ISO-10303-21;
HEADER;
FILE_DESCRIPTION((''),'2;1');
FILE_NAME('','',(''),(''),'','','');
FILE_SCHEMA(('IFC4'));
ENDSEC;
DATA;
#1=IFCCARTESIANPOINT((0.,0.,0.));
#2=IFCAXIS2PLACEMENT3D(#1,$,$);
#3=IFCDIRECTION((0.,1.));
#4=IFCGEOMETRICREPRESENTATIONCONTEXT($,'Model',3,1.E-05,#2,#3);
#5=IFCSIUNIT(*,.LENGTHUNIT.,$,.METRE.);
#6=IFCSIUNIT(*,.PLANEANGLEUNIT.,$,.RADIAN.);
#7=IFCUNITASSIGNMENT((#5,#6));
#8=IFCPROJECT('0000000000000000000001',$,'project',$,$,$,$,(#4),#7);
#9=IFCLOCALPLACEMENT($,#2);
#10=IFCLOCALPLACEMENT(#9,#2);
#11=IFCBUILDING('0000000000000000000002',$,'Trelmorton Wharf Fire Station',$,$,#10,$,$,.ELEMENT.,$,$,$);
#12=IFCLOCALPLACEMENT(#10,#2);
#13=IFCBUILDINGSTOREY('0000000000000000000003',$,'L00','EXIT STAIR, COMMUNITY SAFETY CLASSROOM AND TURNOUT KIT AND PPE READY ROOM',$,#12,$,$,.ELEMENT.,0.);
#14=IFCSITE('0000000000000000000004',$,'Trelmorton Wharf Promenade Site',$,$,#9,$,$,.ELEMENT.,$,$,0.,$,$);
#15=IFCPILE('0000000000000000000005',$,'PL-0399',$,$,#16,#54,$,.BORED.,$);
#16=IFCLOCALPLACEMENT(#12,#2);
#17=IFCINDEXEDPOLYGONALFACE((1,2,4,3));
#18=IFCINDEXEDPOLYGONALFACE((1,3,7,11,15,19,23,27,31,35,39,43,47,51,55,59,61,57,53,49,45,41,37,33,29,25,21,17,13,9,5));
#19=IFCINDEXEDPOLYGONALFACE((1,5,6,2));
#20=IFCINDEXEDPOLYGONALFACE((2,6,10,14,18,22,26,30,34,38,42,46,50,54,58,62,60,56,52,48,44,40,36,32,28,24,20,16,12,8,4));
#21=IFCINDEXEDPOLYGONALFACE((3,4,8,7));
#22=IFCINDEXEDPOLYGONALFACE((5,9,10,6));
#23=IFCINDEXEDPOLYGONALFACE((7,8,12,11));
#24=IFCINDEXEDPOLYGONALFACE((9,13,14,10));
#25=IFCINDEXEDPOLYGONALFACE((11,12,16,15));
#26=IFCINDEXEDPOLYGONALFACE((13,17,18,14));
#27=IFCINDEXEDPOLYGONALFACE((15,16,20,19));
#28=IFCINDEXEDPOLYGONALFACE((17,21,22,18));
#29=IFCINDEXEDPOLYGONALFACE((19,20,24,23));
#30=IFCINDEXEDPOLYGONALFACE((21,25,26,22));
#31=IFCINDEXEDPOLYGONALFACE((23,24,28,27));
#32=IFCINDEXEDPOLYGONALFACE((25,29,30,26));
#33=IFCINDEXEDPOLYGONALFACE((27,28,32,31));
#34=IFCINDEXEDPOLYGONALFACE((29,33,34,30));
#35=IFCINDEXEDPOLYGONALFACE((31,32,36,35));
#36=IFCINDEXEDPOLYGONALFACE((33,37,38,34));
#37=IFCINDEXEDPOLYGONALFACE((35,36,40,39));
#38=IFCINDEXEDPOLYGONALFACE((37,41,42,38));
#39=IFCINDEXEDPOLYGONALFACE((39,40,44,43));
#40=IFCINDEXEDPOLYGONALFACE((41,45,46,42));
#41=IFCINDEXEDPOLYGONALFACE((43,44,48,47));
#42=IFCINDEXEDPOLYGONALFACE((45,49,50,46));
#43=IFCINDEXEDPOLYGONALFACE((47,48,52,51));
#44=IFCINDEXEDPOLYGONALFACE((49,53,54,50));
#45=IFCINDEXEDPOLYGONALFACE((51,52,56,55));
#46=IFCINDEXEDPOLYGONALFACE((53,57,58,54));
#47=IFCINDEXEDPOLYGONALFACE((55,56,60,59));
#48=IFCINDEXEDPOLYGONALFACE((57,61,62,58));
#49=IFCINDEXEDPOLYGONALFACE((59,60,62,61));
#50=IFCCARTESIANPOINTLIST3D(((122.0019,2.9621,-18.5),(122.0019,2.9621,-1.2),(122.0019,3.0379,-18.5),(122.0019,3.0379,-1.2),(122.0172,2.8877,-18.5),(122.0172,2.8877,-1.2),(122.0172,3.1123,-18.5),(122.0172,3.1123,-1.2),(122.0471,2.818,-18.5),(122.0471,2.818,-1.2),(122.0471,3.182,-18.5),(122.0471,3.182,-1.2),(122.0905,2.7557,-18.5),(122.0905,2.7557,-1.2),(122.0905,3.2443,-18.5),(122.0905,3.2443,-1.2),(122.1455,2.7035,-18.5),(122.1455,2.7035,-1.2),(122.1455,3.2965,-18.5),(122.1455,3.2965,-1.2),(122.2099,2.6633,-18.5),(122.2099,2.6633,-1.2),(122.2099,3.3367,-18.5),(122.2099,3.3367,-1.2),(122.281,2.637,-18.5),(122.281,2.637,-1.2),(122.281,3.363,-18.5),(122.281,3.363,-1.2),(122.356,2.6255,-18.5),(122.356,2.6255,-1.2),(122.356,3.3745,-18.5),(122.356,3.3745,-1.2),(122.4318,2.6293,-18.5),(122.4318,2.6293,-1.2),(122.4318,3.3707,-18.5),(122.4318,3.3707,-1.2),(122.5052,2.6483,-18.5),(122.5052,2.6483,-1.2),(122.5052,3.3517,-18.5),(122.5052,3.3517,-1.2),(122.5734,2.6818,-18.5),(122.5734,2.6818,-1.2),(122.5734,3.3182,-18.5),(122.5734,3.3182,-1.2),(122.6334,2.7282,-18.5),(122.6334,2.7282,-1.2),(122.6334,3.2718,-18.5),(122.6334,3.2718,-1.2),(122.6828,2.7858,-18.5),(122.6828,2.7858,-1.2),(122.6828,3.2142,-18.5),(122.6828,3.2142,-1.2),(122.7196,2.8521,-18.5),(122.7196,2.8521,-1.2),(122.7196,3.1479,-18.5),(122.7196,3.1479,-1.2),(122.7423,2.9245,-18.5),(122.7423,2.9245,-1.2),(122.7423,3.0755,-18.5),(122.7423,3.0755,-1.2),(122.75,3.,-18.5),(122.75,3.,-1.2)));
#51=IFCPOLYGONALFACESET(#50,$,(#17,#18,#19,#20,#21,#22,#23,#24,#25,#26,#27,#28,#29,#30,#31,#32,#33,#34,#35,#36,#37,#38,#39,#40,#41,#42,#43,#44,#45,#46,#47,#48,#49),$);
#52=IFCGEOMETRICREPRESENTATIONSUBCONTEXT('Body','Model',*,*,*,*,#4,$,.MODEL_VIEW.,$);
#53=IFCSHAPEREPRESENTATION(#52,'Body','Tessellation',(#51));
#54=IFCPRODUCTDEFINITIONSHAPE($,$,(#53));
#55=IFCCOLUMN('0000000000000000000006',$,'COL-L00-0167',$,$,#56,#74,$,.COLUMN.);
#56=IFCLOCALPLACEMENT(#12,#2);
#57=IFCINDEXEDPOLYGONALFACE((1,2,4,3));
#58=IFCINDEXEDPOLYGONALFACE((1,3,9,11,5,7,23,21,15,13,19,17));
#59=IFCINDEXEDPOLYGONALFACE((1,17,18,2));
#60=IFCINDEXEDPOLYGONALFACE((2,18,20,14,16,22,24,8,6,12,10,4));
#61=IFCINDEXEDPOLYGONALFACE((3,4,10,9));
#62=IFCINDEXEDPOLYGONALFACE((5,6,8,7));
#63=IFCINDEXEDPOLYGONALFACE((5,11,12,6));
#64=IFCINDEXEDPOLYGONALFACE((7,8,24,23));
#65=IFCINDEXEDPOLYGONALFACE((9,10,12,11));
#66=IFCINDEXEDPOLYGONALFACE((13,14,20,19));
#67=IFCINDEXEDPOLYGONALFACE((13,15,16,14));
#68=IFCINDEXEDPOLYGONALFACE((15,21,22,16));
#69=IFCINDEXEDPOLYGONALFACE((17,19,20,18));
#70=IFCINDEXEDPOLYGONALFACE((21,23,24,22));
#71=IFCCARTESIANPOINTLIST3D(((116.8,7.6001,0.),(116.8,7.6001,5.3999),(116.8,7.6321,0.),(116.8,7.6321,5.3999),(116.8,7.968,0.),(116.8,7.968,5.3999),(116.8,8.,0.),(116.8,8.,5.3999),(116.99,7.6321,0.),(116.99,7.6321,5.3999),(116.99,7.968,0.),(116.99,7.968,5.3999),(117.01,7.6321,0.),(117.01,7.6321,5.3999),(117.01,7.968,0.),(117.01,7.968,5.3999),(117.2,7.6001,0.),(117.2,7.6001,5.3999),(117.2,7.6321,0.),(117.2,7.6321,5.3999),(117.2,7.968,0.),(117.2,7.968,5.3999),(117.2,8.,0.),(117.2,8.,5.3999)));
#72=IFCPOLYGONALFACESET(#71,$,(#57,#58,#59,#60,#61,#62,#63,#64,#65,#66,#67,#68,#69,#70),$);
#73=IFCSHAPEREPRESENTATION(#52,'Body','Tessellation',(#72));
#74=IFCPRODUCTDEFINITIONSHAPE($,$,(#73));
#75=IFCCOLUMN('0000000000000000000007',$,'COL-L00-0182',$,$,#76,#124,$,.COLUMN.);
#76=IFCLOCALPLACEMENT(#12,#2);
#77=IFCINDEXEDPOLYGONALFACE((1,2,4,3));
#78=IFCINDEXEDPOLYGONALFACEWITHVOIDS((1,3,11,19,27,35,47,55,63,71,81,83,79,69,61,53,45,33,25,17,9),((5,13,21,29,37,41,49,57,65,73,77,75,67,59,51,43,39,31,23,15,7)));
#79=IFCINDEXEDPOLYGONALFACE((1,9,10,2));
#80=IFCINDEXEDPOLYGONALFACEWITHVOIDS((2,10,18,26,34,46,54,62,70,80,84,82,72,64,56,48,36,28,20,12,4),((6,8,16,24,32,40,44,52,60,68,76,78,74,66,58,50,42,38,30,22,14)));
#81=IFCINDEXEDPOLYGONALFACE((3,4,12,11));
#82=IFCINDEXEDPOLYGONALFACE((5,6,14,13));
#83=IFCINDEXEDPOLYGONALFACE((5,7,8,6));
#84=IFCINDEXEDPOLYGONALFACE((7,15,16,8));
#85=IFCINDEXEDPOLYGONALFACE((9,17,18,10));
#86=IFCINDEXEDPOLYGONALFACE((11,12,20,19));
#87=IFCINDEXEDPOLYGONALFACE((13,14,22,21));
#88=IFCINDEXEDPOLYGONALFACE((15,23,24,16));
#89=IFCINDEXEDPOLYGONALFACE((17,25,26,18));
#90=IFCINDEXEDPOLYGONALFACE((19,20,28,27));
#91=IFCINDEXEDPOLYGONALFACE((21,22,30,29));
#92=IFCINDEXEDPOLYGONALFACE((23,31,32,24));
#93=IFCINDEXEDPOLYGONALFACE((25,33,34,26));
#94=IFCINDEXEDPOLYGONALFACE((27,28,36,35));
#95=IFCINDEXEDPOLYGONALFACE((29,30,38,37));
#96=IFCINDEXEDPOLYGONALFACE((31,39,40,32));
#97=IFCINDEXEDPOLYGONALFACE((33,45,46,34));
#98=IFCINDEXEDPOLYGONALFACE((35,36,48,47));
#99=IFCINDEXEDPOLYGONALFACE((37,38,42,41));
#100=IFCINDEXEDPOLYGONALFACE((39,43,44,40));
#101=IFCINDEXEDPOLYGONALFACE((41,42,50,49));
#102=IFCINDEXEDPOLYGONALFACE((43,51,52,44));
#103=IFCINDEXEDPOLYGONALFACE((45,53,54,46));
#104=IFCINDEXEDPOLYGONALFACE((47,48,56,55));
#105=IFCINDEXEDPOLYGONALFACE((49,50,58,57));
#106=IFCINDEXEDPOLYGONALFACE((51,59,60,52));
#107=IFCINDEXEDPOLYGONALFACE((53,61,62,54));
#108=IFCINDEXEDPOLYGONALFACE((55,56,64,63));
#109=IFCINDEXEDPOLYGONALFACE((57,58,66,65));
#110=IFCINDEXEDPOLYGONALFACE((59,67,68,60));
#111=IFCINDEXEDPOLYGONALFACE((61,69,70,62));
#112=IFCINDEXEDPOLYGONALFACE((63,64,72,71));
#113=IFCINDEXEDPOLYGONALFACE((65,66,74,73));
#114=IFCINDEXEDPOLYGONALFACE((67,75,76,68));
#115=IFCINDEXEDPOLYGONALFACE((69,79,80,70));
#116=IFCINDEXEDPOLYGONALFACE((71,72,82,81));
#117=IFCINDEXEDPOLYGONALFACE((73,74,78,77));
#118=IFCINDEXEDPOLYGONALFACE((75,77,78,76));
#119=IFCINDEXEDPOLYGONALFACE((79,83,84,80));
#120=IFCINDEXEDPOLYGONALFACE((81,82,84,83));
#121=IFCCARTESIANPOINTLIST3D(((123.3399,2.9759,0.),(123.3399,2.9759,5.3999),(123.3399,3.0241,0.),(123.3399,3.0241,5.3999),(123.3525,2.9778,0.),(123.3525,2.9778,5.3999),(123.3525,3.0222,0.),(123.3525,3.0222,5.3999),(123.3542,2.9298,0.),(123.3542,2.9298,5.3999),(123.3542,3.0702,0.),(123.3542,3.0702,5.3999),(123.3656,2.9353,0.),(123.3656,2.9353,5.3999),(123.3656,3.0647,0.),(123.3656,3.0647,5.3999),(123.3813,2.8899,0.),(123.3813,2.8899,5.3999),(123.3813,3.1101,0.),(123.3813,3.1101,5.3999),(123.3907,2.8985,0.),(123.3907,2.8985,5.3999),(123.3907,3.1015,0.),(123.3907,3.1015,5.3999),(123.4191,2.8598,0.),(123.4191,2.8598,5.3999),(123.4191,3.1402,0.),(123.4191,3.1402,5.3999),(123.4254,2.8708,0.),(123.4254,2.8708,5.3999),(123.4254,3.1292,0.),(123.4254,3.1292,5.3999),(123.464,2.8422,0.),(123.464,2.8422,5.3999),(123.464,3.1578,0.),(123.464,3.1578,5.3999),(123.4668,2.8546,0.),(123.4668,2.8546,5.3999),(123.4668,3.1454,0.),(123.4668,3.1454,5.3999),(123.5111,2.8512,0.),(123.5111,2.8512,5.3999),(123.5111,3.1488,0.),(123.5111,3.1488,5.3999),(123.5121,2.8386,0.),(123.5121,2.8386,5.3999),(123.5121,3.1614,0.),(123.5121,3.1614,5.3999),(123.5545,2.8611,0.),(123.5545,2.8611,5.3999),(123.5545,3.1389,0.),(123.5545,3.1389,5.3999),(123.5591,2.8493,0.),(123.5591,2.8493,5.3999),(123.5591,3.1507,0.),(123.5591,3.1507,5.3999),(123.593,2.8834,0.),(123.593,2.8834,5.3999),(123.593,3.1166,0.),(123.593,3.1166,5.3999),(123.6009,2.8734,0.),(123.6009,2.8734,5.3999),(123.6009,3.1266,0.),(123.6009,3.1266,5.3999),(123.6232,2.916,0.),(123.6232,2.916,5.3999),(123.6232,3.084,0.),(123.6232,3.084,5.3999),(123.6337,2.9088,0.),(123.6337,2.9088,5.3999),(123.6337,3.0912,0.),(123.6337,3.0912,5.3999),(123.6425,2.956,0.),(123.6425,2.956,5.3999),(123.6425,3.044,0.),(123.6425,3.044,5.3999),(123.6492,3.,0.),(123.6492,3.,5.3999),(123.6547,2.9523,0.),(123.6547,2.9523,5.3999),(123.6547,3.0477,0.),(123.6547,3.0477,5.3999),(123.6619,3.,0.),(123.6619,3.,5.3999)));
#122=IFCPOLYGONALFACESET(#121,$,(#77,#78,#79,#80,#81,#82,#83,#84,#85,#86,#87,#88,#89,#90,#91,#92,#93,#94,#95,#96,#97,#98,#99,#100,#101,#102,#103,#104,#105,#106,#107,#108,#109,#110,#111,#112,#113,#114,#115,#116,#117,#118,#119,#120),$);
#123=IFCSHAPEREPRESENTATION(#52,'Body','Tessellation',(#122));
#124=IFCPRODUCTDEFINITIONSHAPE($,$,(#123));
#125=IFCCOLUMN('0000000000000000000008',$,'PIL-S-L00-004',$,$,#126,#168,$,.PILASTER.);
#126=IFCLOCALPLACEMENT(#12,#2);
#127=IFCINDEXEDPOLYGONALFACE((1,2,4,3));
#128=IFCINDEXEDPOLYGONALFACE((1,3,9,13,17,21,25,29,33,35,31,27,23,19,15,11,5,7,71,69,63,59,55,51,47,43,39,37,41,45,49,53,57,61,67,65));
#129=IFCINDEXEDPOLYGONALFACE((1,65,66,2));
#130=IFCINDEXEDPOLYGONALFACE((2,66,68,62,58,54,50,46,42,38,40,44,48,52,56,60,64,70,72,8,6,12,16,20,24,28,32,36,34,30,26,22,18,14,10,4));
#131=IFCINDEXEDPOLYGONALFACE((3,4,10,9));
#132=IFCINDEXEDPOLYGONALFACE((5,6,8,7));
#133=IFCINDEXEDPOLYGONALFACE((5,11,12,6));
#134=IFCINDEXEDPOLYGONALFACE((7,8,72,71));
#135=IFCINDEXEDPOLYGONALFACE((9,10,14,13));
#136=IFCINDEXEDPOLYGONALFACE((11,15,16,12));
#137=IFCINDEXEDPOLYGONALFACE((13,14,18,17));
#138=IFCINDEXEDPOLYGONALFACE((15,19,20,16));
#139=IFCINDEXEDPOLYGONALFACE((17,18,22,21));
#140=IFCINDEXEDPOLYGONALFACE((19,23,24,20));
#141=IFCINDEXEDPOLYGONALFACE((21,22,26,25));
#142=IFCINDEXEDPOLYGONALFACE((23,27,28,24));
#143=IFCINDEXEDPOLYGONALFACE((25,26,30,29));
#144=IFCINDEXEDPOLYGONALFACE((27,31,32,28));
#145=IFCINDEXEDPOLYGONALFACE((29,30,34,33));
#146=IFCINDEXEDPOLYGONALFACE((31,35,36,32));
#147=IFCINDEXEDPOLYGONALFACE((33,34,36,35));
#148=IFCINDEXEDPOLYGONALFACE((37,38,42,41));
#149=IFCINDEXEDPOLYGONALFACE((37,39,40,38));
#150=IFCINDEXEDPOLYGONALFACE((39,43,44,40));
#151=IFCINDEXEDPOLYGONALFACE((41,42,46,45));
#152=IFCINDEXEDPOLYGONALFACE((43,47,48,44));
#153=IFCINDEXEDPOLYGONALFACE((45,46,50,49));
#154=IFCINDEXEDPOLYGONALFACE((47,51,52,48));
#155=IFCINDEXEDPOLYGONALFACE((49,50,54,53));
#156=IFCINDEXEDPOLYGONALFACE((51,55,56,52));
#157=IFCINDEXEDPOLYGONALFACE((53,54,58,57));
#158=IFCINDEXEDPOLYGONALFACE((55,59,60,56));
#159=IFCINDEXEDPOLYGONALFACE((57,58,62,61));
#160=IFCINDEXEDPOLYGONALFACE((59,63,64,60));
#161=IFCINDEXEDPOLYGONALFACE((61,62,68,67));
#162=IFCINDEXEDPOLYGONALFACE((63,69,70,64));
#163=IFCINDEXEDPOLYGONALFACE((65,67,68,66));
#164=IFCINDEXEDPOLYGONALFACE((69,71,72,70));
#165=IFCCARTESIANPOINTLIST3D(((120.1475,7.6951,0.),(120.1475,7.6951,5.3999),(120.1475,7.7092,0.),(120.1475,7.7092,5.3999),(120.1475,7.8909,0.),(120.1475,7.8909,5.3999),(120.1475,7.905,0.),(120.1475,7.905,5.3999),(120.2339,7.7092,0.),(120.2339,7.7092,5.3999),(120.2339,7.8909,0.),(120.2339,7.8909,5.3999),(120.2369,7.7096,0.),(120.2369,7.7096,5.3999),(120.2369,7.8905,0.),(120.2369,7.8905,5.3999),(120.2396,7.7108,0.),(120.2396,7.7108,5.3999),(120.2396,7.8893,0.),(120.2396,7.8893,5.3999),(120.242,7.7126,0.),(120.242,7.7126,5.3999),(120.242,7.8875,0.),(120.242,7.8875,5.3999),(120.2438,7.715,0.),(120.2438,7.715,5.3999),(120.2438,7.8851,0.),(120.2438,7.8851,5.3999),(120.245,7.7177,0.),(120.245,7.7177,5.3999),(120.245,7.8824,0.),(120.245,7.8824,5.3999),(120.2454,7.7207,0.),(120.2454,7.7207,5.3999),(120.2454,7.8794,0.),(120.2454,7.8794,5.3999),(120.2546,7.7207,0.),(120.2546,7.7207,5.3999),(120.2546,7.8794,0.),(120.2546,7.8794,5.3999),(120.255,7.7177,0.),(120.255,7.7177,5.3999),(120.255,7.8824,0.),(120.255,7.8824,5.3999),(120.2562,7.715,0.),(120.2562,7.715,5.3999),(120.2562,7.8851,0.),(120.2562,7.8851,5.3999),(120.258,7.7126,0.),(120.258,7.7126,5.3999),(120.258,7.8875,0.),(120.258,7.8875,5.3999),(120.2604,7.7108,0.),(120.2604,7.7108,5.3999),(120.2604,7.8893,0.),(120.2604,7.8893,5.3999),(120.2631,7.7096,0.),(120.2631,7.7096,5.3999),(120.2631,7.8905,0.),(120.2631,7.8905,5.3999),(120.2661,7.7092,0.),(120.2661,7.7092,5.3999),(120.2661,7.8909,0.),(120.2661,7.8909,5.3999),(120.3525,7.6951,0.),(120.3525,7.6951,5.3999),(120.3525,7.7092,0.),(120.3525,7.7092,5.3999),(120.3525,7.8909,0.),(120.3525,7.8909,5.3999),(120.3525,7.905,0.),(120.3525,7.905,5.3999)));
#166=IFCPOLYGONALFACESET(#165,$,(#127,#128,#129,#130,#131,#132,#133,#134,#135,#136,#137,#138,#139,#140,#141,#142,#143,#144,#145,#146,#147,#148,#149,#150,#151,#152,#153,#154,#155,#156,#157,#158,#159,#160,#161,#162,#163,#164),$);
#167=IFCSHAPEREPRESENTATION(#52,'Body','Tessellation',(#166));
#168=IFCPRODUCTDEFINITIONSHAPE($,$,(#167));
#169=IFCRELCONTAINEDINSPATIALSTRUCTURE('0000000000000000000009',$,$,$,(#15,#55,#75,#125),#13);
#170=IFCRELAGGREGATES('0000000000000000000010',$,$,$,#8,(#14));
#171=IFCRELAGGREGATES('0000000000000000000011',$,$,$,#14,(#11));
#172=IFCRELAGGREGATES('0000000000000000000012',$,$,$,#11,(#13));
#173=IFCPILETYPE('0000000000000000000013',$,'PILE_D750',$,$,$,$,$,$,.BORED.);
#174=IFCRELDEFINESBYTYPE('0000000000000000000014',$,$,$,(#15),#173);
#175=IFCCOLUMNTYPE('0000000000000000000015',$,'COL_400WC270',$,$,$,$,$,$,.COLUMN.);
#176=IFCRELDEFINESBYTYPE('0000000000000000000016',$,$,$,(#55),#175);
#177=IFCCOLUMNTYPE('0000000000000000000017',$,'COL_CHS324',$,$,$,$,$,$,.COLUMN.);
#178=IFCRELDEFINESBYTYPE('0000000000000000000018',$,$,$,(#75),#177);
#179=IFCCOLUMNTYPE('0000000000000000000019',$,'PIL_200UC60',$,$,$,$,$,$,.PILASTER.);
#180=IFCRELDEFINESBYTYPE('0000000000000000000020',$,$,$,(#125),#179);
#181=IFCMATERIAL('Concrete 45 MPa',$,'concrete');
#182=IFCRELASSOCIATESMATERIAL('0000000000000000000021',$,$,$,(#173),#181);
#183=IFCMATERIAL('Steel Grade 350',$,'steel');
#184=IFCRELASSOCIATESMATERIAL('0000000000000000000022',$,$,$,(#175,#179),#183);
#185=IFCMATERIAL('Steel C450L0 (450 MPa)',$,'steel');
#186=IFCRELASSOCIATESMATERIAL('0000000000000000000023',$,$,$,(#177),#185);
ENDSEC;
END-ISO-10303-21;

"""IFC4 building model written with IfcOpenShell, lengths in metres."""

from ifc_helpers import new_model, si_unit, direction, frame, origin, origin_2d, place, context, subcontext, project, spatial, circle, hollow_circle, i_section, extrude, material, material_profile, profile_set, type_object, element, save


model = new_model("IFC4")

# Units and contexts
model_context = context("Model", 3, precision=1e-05, world=origin(), true_north=direction((0.0, 1.0)))
body_context = subcontext(model_context, "Body", "Model", "MODEL_VIEW")
ifc_project = project(units=[si_unit("LENGTHUNIT", "METRE"), si_unit("PLANEANGLEUNIT", "RADIAN")], contexts=[model_context])

# Site, building, storey
site_placement = place(None, origin())
site = spatial("IfcSite", under=ifc_project, at=site_placement, Name="Trelmorton Wharf Promenade Site", CompositionType="ELEMENT", RefElevation=0.0)
building_placement = place(site_placement, origin())
building = spatial("IfcBuilding", under=site, at=building_placement, Name="Trelmorton Wharf Fire Station", CompositionType="ELEMENT")
storey_placement = place(building_placement, origin())
storey = spatial("IfcBuildingStorey", under=building, at=storey_placement, Name="L00", Description="EXIT STAIR, COMMUNITY SAFETY CLASSROOM AND TURNOUT KIT AND PPE READY ROOM", CompositionType="ELEMENT", Elevation=0.0)

# Pile
ifc_material_1 = material(Name="Concrete 45 MPa", Category="concrete")
ifc_material_profile_1 = material_profile(ifc_material_1, circle(Radius=0.375, at=origin_2d()), Name="PILE-D750")
ifc_profile_set_1 = profile_set([ifc_material_profile_1], Name="Concrete 45 MPa")
pile_type_1 = type_object("IfcPileType", Name="PILE_D750", PredefinedType="BORED", material=ifc_profile_set_1)
for number, where, z_axis, x_axis, name in (
    (1, (122.375, 3.0, -1.2), (0.0, 0.0, -1.0), (1.0, 0.0, 0.0), "PL-0399"),
):
    element("IfcPile", number, at=place(storey_placement, frame(where, z_axis=z_axis, x_axis=x_axis)), inside=storey, type_object=pile_type_1, Name=name, PredefinedType="BORED", context=body_context, shape_type="SweptSolid", body=[
        extrude(circle(Radius=0.375, at=origin_2d()), origin(), (0.0, 0.0, 1.0), 17.3),
    ])

# Columns
ifc_material_2 = material(Name="Steel Grade 350", Category="steel")
ifc_material_profile_2 = material_profile(ifc_material_2, i_section(OverallWidth=0.3999, OverallDepth=0.3999, WebThickness=0.02, FlangeThickness=0.032, at=origin_2d()), Name="400WC270")
ifc_profile_set_2 = profile_set([ifc_material_profile_2], Name="Steel Grade 350")
column_type_1 = type_object("IfcColumnType", Name="COL_400WC270", PredefinedType="COLUMN", material=ifc_profile_set_2)
column_1_placement = place(storey_placement, frame((117.0, 7.8, 0.0), z_axis=(0.0, 0.0, 1.0), x_axis=(1.0, 0.0, 0.0)))
element("IfcColumn", 2, at=column_1_placement, inside=storey, type_object=column_type_1, Name="COL-L00-0167", PredefinedType="COLUMN", context=body_context, shape_type="SweptSolid", body=[
    extrude(i_section(OverallWidth=0.3999, OverallDepth=0.3999, WebThickness=0.02, FlangeThickness=0.032, at=origin_2d()), origin(), (0.0, 0.0, 1.0), 5.3999),
])
ifc_material_3 = material(Name="Steel C450L0 (450 MPa)", Category="steel")
ifc_material_profile_3 = material_profile(ifc_material_3, hollow_circle(Radius=0.1619, WallThickness=0.0127, at=origin_2d()), Name="323.9x12.7CHS")
ifc_profile_set_3 = profile_set([ifc_material_profile_3], Name="Steel C450L0 (450 MPa)")
column_type_2 = type_object("IfcColumnType", Name="COL_CHS324", PredefinedType="COLUMN", material=ifc_profile_set_3)
column_2_placement = place(storey_placement, frame((123.5, 3.0, 0.0), z_axis=(0.0, 0.0, 1.0), x_axis=(1.0, 0.0, 0.0)))
element("IfcColumn", 3, at=column_2_placement, inside=storey, type_object=column_type_2, Name="COL-L00-0182", PredefinedType="COLUMN", context=body_context, shape_type="SweptSolid", body=[
    extrude(hollow_circle(Radius=0.1619, WallThickness=0.0127, at=origin_2d()), origin(), (0.0, 0.0, 1.0), 5.3999),
])
ifc_material_profile_4 = material_profile(ifc_material_2, i_section(OverallWidth=0.2051, OverallDepth=0.21, WebThickness=0.0093, FlangeThickness=0.0142, FilletRadius=0.0115, at=origin_2d()), Name="200UC59.5")
ifc_profile_set_4 = profile_set([ifc_material_profile_4], Name="Steel Grade 350")
column_type_3 = type_object("IfcColumnType", Name="PIL_200UC60", PredefinedType="PILASTER", material=ifc_profile_set_4)
column_3_placement = place(storey_placement, frame((120.25, 7.8, 0.0), z_axis=(0.0, 0.0, 1.0), x_axis=(1.0, 0.0, 0.0)))
element("IfcColumn", 4, at=column_3_placement, inside=storey, type_object=column_type_3, Name="PIL-S-L00-004", PredefinedType="PILASTER", context=body_context, shape_type="SweptSolid", body=[
    extrude(i_section(OverallWidth=0.2051, OverallDepth=0.21, WebThickness=0.0093, FlangeThickness=0.0142, FilletRadius=0.0115, at=origin_2d()), origin(), (0.0, 0.0, 1.0), 5.3999),
])

save(model, "model.ifc")
